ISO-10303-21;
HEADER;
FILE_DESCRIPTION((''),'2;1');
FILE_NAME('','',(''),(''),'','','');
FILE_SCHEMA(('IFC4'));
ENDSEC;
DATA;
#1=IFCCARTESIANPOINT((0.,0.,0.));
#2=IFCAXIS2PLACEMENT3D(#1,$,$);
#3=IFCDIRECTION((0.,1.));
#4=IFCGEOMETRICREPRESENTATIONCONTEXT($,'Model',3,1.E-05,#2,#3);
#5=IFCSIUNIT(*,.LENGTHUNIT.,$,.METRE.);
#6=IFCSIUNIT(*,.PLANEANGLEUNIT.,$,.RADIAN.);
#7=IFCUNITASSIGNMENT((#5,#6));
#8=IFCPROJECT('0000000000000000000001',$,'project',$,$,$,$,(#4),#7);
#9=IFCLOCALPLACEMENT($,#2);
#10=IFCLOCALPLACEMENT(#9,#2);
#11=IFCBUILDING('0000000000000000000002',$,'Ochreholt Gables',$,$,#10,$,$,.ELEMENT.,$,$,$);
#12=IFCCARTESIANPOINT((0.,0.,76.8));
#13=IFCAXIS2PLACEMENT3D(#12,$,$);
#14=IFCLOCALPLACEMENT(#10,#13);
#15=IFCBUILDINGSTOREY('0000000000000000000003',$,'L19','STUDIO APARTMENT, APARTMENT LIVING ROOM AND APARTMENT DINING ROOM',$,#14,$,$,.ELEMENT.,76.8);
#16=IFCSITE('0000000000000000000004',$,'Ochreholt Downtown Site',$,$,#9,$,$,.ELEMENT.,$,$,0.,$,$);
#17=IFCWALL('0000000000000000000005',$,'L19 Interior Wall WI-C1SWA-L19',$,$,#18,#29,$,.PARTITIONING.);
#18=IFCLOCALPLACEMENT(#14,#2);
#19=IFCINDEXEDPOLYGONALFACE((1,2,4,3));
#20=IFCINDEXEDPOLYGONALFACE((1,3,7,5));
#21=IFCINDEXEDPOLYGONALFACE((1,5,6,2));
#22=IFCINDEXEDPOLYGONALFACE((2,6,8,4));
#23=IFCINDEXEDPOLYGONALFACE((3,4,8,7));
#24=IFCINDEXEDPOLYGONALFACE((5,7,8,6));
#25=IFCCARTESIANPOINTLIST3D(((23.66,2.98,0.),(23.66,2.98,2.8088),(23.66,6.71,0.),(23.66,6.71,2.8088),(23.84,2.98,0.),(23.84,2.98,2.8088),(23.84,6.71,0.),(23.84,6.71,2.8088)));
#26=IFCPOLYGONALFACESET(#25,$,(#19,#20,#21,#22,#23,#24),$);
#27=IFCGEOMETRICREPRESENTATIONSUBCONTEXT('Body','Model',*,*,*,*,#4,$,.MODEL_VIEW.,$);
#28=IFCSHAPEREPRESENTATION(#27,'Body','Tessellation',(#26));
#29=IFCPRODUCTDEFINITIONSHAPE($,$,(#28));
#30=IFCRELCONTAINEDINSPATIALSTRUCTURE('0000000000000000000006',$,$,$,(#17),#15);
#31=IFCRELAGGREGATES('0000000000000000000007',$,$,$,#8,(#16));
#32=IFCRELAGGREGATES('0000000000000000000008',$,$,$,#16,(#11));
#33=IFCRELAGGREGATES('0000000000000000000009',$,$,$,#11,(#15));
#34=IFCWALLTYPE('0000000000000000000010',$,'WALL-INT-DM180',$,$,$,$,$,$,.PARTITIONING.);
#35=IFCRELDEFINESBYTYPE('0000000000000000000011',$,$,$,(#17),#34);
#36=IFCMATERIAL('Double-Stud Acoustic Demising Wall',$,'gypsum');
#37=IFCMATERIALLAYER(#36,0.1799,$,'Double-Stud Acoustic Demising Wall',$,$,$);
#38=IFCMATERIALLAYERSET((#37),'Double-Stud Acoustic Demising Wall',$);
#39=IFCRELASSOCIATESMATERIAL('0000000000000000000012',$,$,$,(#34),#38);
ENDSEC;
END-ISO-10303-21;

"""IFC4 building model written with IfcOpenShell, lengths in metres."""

from ifc_helpers import new_model, si_unit, direction, frame, frame_2d, origin, place, context, subcontext, project, spatial, rectangle, extrude, material, layer, layer_set, type_object, element, save


model = new_model("IFC4")

# Units and contexts
model_context = context("Model", 3, precision=1e-05, world=origin(), true_north=direction((0.0, 1.0)))
body_context = subcontext(model_context, "Body", "Model", "MODEL_VIEW")
ifc_project = project(units=[si_unit("LENGTHUNIT", "METRE"), si_unit("PLANEANGLEUNIT", "RADIAN")], contexts=[model_context])

# Site, building, storey
site_placement = place(None, origin())
site = spatial("IfcSite", under=ifc_project, at=site_placement, Name="Ochreholt Downtown Site", CompositionType="ELEMENT", RefElevation=0.0)
building_placement = place(site_placement, origin())
building = spatial("IfcBuilding", under=site, at=building_placement, Name="Ochreholt Gables", CompositionType="ELEMENT")
storey_placement = place(building_placement, frame((0.0, 0.0, 76.8)))
storey = spatial("IfcBuildingStorey", under=building, at=storey_placement, Name="L19", Description="STUDIO APARTMENT, APARTMENT LIVING ROOM AND APARTMENT DINING ROOM", CompositionType="ELEMENT", Elevation=76.8)

# Wall
ifc_material_1 = material(Name="Double-Stud Acoustic Demising Wall", Category="gypsum")
ifc_layer_1 = layer(ifc_material_1, 0.1799, Name="Double-Stud Acoustic Demising Wall")
ifc_layer_set_1 = layer_set([ifc_layer_1], Name="Double-Stud Acoustic Demising Wall")
wall_type_1 = type_object("IfcWallType", Name="WALL-INT-DM180", PredefinedType="PARTITIONING", material=ifc_layer_set_1)
wall_1_placement = place(storey_placement, frame((23.75, 2.98, 0.0), z_axis=(0.0, 0.0, 1.0), x_axis=(0.0, 1.0, 0.0)))
element("IfcWall", 1, at=wall_1_placement, inside=storey, type_object=wall_type_1, Name="L19 Interior Wall WI-C1SWA-L19", PredefinedType="PARTITIONING", context=body_context, shape_type="SweptSolid", body=[
    extrude(rectangle(XDim=3.73, YDim=0.1799, at=frame_2d((1.865, 0.0))), origin(), (0.0, 0.0, 1.0), 2.8088),
])

save(model, "model.ifc")
